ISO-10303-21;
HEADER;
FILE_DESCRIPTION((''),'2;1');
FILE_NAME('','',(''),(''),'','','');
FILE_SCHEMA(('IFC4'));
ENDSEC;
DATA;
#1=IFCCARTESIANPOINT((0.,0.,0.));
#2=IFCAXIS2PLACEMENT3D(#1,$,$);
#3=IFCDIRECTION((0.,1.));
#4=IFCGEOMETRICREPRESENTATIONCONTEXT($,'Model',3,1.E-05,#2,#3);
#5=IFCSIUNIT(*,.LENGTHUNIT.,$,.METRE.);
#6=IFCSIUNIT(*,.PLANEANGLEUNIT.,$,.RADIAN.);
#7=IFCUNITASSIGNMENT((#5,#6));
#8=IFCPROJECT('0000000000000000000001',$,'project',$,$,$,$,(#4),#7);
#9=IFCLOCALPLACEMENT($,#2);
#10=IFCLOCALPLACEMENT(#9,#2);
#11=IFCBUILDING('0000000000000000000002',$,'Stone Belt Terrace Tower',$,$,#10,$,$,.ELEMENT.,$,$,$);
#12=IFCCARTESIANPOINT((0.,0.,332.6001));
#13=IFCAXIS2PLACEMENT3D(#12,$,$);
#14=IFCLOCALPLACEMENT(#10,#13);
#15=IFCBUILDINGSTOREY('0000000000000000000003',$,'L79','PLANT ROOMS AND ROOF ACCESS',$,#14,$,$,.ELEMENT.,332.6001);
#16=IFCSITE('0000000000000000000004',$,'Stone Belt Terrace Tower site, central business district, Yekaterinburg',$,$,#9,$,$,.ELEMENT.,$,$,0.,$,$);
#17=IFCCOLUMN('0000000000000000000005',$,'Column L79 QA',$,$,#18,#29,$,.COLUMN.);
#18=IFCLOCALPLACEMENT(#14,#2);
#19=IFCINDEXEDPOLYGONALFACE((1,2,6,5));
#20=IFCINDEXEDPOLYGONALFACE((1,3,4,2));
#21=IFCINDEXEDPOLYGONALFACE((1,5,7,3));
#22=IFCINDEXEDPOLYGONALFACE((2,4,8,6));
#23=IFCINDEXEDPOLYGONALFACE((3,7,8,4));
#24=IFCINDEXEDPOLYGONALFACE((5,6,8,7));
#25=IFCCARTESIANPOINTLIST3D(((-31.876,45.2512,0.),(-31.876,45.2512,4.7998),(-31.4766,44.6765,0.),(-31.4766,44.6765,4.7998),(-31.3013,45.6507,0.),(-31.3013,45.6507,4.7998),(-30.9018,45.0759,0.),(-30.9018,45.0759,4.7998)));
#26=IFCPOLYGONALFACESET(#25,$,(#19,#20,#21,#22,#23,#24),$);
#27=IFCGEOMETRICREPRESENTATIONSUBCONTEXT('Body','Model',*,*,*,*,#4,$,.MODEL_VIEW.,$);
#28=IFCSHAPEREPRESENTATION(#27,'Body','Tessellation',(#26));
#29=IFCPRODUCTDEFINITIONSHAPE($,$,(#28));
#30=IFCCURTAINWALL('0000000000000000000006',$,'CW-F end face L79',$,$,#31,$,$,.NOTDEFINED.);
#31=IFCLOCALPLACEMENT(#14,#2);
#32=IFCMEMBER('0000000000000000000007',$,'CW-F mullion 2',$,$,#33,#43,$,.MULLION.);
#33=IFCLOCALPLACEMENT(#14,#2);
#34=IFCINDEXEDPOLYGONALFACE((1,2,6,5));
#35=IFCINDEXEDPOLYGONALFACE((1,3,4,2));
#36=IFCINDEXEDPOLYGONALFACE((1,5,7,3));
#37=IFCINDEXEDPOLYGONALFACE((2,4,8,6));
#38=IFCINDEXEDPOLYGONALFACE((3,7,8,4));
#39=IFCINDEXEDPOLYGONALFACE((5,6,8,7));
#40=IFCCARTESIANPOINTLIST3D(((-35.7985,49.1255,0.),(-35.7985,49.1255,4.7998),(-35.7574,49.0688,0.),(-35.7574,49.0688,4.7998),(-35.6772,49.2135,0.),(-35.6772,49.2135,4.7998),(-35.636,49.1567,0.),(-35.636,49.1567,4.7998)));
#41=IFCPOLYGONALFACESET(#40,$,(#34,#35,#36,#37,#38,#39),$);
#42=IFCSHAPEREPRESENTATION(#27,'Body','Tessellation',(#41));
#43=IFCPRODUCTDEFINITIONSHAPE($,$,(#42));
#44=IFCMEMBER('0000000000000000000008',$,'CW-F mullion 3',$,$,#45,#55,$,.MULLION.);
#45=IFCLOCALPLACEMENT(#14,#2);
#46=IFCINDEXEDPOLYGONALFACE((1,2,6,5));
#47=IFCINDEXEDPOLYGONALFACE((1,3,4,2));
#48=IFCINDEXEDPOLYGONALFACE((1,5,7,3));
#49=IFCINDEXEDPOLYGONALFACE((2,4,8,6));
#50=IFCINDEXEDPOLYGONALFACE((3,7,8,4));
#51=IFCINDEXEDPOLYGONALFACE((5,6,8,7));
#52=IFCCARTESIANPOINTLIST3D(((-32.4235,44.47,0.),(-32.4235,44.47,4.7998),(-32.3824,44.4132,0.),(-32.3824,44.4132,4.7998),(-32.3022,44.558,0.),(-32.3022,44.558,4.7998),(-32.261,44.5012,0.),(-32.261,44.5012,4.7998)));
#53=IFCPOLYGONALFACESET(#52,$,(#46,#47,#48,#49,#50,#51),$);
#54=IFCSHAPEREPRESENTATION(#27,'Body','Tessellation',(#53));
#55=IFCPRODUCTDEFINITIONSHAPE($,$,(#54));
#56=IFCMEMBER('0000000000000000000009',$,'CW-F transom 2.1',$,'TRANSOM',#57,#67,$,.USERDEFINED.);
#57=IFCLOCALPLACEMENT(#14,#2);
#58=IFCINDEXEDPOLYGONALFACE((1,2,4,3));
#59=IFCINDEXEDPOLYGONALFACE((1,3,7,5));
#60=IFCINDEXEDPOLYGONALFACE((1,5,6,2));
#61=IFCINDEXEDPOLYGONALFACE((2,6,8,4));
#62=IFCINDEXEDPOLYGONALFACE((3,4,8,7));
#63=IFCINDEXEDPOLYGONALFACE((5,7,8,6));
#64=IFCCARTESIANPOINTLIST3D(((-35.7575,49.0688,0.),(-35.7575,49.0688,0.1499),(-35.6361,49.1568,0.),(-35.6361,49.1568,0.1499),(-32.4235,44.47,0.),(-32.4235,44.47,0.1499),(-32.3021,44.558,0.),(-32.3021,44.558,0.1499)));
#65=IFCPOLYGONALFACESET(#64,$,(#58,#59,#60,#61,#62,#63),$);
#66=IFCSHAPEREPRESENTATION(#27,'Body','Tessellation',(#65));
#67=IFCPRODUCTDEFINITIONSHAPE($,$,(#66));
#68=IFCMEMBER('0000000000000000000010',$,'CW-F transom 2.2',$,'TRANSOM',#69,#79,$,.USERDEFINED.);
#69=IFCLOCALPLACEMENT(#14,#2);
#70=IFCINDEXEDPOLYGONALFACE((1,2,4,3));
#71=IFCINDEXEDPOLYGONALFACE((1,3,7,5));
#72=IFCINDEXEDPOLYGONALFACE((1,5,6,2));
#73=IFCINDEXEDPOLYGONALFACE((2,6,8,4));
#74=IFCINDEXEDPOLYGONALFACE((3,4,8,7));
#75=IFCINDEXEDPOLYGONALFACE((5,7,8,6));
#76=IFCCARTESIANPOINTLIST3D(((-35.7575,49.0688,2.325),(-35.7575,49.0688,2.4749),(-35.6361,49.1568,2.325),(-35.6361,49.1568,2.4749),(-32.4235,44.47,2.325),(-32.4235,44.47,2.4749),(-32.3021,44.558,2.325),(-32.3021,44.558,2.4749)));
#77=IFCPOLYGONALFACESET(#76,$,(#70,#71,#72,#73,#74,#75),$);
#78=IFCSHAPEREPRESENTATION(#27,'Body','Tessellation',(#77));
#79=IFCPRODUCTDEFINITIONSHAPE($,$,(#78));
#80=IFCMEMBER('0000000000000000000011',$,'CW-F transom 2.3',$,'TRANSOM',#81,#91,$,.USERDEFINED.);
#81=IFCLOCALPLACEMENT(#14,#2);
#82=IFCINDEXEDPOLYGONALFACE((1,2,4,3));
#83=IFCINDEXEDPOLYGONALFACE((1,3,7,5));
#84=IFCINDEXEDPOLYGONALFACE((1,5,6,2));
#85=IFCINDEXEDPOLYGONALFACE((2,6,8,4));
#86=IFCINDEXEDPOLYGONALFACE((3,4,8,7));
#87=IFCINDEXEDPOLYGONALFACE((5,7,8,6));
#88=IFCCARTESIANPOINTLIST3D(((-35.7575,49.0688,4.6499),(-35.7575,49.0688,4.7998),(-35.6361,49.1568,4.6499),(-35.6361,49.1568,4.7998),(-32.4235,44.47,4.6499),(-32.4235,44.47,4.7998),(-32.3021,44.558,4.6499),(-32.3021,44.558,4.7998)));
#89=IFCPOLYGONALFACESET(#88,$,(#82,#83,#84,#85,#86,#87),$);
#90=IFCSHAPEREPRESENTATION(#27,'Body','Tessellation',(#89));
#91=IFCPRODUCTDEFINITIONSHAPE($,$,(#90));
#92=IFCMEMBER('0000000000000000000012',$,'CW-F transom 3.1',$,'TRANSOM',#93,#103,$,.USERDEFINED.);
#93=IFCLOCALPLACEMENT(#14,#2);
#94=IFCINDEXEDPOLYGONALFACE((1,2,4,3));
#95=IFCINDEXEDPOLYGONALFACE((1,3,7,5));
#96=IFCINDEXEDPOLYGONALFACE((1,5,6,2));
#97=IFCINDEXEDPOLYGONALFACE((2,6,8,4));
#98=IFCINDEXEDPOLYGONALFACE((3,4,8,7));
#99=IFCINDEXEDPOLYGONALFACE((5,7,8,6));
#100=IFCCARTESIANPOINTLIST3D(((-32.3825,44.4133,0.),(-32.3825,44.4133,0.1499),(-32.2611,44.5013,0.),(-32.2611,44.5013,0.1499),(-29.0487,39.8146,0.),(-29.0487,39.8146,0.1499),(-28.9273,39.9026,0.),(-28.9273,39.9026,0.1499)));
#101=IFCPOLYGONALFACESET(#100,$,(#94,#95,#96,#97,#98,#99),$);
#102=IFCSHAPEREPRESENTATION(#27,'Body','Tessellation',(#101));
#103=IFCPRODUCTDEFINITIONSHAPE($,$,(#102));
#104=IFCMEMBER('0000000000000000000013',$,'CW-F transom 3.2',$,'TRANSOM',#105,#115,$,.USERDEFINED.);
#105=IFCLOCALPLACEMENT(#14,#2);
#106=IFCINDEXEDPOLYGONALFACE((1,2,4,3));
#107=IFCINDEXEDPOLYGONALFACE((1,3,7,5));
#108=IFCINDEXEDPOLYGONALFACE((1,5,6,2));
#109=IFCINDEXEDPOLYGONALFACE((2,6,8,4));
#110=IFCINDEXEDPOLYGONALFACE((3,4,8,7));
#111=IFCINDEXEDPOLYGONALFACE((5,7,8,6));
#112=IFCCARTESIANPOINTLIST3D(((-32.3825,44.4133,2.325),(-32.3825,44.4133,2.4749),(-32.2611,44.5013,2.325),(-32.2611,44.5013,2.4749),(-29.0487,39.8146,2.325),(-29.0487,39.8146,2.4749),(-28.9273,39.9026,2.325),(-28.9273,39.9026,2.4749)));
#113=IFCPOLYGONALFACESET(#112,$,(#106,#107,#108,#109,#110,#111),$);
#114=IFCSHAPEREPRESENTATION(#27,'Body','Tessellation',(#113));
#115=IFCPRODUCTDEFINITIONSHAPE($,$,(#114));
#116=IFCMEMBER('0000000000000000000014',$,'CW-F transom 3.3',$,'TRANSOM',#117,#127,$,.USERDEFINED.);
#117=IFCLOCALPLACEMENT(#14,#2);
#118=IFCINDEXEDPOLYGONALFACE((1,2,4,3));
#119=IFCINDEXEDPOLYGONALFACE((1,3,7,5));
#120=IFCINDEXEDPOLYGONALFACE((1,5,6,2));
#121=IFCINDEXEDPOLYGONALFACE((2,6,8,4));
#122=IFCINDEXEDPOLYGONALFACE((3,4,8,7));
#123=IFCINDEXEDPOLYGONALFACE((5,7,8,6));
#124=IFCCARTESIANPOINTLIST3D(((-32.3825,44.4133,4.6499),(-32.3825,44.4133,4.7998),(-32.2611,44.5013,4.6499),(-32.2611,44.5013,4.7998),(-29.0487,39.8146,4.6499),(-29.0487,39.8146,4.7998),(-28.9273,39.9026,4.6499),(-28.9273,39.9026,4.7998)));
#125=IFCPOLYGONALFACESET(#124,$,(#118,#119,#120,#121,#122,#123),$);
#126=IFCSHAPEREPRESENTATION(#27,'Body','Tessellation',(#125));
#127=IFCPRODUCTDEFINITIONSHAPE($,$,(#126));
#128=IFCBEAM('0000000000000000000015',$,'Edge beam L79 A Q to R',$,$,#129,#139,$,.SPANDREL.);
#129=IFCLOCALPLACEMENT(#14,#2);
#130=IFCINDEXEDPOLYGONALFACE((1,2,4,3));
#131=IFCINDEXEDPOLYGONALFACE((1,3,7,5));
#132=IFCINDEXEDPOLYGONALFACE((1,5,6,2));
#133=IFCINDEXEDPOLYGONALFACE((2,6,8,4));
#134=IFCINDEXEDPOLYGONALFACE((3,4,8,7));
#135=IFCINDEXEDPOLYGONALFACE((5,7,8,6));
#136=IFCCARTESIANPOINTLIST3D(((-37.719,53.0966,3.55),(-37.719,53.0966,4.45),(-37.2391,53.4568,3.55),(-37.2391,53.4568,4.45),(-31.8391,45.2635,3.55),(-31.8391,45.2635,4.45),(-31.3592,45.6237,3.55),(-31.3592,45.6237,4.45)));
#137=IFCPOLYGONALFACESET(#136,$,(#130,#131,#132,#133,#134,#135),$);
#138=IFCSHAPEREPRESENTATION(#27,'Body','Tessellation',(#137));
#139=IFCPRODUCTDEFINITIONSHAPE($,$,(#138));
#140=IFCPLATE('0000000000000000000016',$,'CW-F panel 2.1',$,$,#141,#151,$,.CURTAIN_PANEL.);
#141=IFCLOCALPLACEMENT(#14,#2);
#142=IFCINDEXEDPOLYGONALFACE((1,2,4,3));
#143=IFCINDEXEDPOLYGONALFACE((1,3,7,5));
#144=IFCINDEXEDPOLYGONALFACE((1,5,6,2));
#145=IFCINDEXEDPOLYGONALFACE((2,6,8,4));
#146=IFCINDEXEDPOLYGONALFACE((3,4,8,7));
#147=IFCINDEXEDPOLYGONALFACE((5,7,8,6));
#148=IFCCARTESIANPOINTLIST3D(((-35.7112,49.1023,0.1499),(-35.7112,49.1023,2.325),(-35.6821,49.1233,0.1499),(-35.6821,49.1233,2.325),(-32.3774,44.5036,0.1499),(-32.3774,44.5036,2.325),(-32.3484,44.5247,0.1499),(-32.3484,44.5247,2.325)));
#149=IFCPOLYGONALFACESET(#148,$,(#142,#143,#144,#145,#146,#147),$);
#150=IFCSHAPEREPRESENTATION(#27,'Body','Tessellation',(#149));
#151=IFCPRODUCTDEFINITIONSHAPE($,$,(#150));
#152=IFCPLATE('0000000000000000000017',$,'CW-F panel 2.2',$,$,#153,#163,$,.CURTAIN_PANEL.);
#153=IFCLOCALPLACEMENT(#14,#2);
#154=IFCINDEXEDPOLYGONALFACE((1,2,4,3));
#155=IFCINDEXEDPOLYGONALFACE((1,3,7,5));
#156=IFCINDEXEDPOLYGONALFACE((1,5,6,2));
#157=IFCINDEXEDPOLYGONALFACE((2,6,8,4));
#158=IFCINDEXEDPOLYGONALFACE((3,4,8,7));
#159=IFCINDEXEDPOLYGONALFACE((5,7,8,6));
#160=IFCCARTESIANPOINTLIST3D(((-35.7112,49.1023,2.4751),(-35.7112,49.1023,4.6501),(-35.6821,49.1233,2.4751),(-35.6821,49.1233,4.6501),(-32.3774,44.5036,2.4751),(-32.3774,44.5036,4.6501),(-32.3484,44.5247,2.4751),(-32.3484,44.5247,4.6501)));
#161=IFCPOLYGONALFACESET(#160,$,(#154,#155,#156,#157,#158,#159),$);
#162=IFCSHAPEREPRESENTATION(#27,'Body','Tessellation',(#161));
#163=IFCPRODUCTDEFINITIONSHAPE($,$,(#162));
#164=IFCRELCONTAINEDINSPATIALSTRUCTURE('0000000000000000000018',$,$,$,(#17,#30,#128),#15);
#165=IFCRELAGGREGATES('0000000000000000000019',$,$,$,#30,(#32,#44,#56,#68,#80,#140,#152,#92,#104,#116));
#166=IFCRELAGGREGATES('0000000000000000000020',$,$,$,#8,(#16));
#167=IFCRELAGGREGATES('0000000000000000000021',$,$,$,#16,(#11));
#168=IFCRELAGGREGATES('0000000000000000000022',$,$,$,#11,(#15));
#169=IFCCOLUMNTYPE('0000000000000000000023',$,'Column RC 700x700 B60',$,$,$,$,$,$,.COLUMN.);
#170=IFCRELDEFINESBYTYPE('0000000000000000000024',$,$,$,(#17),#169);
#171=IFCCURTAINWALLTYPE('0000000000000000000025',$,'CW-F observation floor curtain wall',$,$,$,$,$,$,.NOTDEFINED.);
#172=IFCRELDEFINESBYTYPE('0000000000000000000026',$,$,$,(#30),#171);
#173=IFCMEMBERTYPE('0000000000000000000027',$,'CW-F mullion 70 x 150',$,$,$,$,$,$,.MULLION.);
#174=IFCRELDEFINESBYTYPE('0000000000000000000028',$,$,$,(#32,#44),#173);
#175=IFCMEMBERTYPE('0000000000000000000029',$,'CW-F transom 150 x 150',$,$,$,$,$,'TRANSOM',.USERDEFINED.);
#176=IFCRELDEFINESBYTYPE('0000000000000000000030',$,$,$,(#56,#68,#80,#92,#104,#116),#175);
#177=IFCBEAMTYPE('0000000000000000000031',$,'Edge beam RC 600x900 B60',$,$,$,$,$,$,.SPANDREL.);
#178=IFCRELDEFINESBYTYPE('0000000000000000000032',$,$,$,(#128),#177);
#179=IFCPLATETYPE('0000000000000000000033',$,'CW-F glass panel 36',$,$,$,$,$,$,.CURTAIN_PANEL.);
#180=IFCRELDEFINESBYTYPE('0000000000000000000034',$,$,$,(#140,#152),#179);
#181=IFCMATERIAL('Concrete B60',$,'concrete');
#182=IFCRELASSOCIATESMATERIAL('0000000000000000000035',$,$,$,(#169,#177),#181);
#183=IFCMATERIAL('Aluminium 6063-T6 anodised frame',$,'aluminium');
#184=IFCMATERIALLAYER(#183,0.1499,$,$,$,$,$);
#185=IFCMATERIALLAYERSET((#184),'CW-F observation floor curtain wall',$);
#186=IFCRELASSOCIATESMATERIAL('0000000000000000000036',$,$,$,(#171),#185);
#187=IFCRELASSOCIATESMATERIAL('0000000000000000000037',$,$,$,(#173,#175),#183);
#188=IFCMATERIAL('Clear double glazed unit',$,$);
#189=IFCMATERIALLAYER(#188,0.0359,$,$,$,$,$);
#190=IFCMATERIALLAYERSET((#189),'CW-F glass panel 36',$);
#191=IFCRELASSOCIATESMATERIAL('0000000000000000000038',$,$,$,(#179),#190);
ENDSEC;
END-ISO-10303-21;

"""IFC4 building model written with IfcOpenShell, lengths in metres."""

from ifc_helpers import new_model, si_unit, direction, frame, origin, origin_2d, place, context, subcontext, project, spatial, rectangle, extrude, material, layer, layer_set, material_profile, profile_set, type_object, element, aggregate, save


model = new_model("IFC4")

# Units and contexts
model_context = context("Model", 3, precision=1e-05, world=origin(), true_north=direction((0.0, 1.0)))
body_context = subcontext(model_context, "Body", "Model", "MODEL_VIEW")
ifc_project = project(units=[si_unit("LENGTHUNIT", "METRE"), si_unit("PLANEANGLEUNIT", "RADIAN")], contexts=[model_context])

# Site, building, storey
site_placement = place(None, origin())
site = spatial("IfcSite", under=ifc_project, at=site_placement, Name="Stone Belt Terrace Tower site, central business district, Yekaterinburg", CompositionType="ELEMENT", RefElevation=0.0)
building_placement = place(site_placement, origin())
building = spatial("IfcBuilding", under=site, at=building_placement, Name="Stone Belt Terrace Tower", CompositionType="ELEMENT")
storey_placement = place(building_placement, frame((0.0, 0.0, 332.6001)))
storey = spatial("IfcBuildingStorey", under=building, at=storey_placement, Name="L79", Description="PLANT ROOMS AND ROOF ACCESS", CompositionType="ELEMENT", Elevation=332.6001)

# Column
ifc_material_1 = material(Name="Concrete B60", Category="concrete")
ifc_material_profile_1 = material_profile(ifc_material_1, rectangle(XDim=0.7, YDim=0.7, at=origin_2d()), Name="RC 700x700")
ifc_profile_set_1 = profile_set([ifc_material_profile_1], Name="Concrete B60")
column_type = type_object("IfcColumnType", Name="Column RC 700x700 B60", PredefinedType="COLUMN", material=ifc_profile_set_1)
column_placement = place(storey_placement, frame((-31.3889, 45.1636, 0.0), z_axis=(0.0, 0.0, 1.0), x_axis=(0.821155, 0.570705, 0.0)))
element("IfcColumn", 1, at=column_placement, inside=storey, type_object=column_type, Name="Column L79 QA", PredefinedType="COLUMN", context=body_context, shape_type="SweptSolid", body=[
    extrude(rectangle(XDim=0.7, YDim=0.7, at=origin_2d()), origin(), (0.0, 0.0, 1.0), 4.7998),
])

# Curtain wall, members
ifc_material_2 = material(Name="Aluminium 6063-T6 anodised frame", Category="aluminium")
ifc_layer_1 = layer(ifc_material_2, 0.1499)
ifc_layer_set_1 = layer_set([ifc_layer_1], Name="CW-F observation floor curtain wall")
curtain_wall_type = type_object("IfcCurtainWallType", Name="CW-F observation floor curtain wall", PredefinedType="NOTDEFINED", material=ifc_layer_set_1)
curtain_wall_placement = place(storey_placement, origin())
curtain_wall = element("IfcCurtainWall", 2, at=curtain_wall_placement, inside=storey, type_object=curtain_wall_type, Name="CW-F end face L79", PredefinedType="NOTDEFINED")
ifc_material_profile_2 = material_profile(ifc_material_2, rectangle(XDim=0.1499, YDim=0.0701, at=origin_2d()), Name="Aluminium 6063-T6 70x150")
ifc_profile_set_2 = profile_set([ifc_material_profile_2], Name="Aluminium 6063-T6 anodised frame")
member_type_1 = type_object("IfcMemberType", Name="CW-F mullion 70 x 150", PredefinedType="MULLION", material=ifc_profile_set_2)
member_1_placement = place(storey_placement, frame((-35.7173, 49.1411, 0.0), z_axis=(0.0, 0.0, 1.0), x_axis=(0.809631, 0.586939, 0.0)))
member_1 = element("IfcMember", 3, at=member_1_placement, type_object=member_type_1, Name="CW-F mullion 2", PredefinedType="MULLION", context=body_context, shape_type="SweptSolid", body=[
    extrude(rectangle(XDim=0.1499, YDim=0.0701, at=origin_2d()), origin(), (0.0, 0.0, 1.0), 4.7998),
])
member_2_placement = place(storey_placement, frame((-32.3423, 44.4856, 0.0), z_axis=(0.0, 0.0, 1.0), x_axis=(0.809631, 0.586939, 0.0)))
member_2 = element("IfcMember", 4, at=member_2_placement, type_object=member_type_1, Name="CW-F mullion 3", PredefinedType="MULLION", context=body_context, shape_type="SweptSolid", body=[
    extrude(rectangle(XDim=0.1499, YDim=0.0701, at=origin_2d()), origin(), (0.0, 0.0, 1.0), 4.7998),
])
ifc_material_profile_3 = material_profile(ifc_material_2, rectangle(XDim=0.1499, YDim=0.1499, at=origin_2d()), Name="Aluminium 6063-T6 150x150")
ifc_profile_set_3 = profile_set([ifc_material_profile_3], Name="Aluminium 6063-T6 anodised frame")
member_type_2 = type_object("IfcMemberType", Name="CW-F transom 150 x 150", ElementType="TRANSOM", PredefinedType="USERDEFINED", material=ifc_profile_set_3)
member_3_placement = place(storey_placement, frame((-35.6968, 49.1128, 0.075), z_axis=(0.586944, -0.809627, 0.0), x_axis=(0.809627, 0.586944, 0.0)))
member_3 = element("IfcMember", 5, at=member_3_placement, type_object=member_type_2, Name="CW-F transom 2.1", ObjectType="TRANSOM", PredefinedType="USERDEFINED", context=body_context, shape_type="SweptSolid", body=[
    extrude(rectangle(XDim=0.1499, YDim=0.1499, at=origin_2d()), origin(), (0.0, 0.0, 1.0), 5.6802),
])
member_4_placement = place(storey_placement, frame((-35.6968, 49.1128, 2.3999), z_axis=(0.586944, -0.809627, 0.0), x_axis=(0.809627, 0.586944, 0.0)))
member_4 = element("IfcMember", 6, at=member_4_placement, type_object=member_type_2, Name="CW-F transom 2.2", ObjectType="TRANSOM", PredefinedType="USERDEFINED", context=body_context, shape_type="SweptSolid", body=[
    extrude(rectangle(XDim=0.1499, YDim=0.1499, at=origin_2d()), origin(), (0.0, 0.0, 1.0), 5.6802),
])
member_5_placement = place(storey_placement, frame((-35.6968, 49.1128, 4.7249), z_axis=(0.586944, -0.809627, 0.0), x_axis=(0.809627, 0.586944, 0.0)))
member_5 = element("IfcMember", 7, at=member_5_placement, type_object=member_type_2, Name="CW-F transom 2.3", ObjectType="TRANSOM", PredefinedType="USERDEFINED", context=body_context, shape_type="SweptSolid", body=[
    extrude(rectangle(XDim=0.1499, YDim=0.1499, at=origin_2d()), origin(), (0.0, 0.0, 1.0), 5.6802),
])
member_6_placement = place(storey_placement, frame((-32.3218, 44.4573, 0.075), z_axis=(0.586937, -0.809633, 0.0), x_axis=(0.809633, 0.586937, 0.0)))
member_6 = element("IfcMember", 8, at=member_6_placement, type_object=member_type_2, Name="CW-F transom 3.1", ObjectType="TRANSOM", PredefinedType="USERDEFINED", context=body_context, shape_type="SweptSolid", body=[
    extrude(rectangle(XDim=0.1499, YDim=0.1499, at=origin_2d()), origin(), (0.0, 0.0, 1.0), 5.6799),
])
member_7_placement = place(storey_placement, frame((-32.3218, 44.4573, 2.3999), z_axis=(0.586937, -0.809633, 0.0), x_axis=(0.809633, 0.586937, 0.0)))
member_7 = element("IfcMember", 9, at=member_7_placement, type_object=member_type_2, Name="CW-F transom 3.2", ObjectType="TRANSOM", PredefinedType="USERDEFINED", context=body_context, shape_type="SweptSolid", body=[
    extrude(rectangle(XDim=0.1499, YDim=0.1499, at=origin_2d()), origin(), (0.0, 0.0, 1.0), 5.6799),
])
member_8_placement = place(storey_placement, frame((-32.3218, 44.4573, 4.7249), z_axis=(0.586937, -0.809633, 0.0), x_axis=(0.809633, 0.586937, 0.0)))
member_8 = element("IfcMember", 10, at=member_8_placement, type_object=member_type_2, Name="CW-F transom 3.3", ObjectType="TRANSOM", PredefinedType="USERDEFINED", context=body_context, shape_type="SweptSolid", body=[
    extrude(rectangle(XDim=0.1499, YDim=0.1499, at=origin_2d()), origin(), (0.0, 0.0, 1.0), 5.6799),
])

# Beam
ifc_material_profile_4 = material_profile(ifc_material_1, rectangle(XDim=0.6001, YDim=0.8999, at=origin_2d()), Name="RC 600x900")
ifc_profile_set_4 = profile_set([ifc_material_profile_4], Name="Concrete B60")
beam_type = type_object("IfcBeamType", Name="Edge beam RC 600x900 B60", PredefinedType="SPANDREL", material=ifc_profile_set_4)
beam_placement = place(storey_placement, frame((-31.5991, 45.4436, 4.0), z_axis=(-0.600335, 0.799749, 0.0), x_axis=(-0.799749, -0.600335, 0.0)))
element("IfcBeam", 11, at=beam_placement, inside=storey, type_object=beam_type, Name="Edge beam L79 A Q to R", PredefinedType="SPANDREL", context=body_context, shape_type="SweptSolid", body=[
    extrude(rectangle(XDim=0.6001, YDim=0.8999, at=origin_2d()), origin(), (0.0, 0.0, 1.0), 9.7944),
])

# Plates
ifc_material_3 = material(Name="Clear double glazed unit")
ifc_layer_2 = layer(ifc_material_3, 0.0359)
ifc_layer_set_2 = layer_set([ifc_layer_2], Name="CW-F glass panel 36")
plate_type = type_object("IfcPlateType", Name="CW-F glass panel 36", PredefinedType="CURTAIN_PANEL", material=ifc_layer_set_2)
plate_1_placement = place(storey_placement, frame((-34.0298, 46.8135, 0.1499), z_axis=(0.0, 0.0, 1.0), x_axis=(0.586939, -0.809631, 0.0)))
plate_1 = element("IfcPlate", 12, at=plate_1_placement, type_object=plate_type, Name="CW-F panel 2.1", PredefinedType="CURTAIN_PANEL", context=body_context, shape_type="SweptSolid", body=[
    extrude(rectangle(XDim=5.6799, YDim=0.0359, at=origin_2d()), origin(), (0.0, 0.0, 1.0), 2.175),
])
plate_2_placement = place(storey_placement, frame((-34.0298, 46.8135, 2.4751), z_axis=(0.0, 0.0, 1.0), x_axis=(0.586939, -0.809631, 0.0)))
plate_2 = element("IfcPlate", 13, at=plate_2_placement, type_object=plate_type, Name="CW-F panel 2.2", PredefinedType="CURTAIN_PANEL", context=body_context, shape_type="SweptSolid", body=[
    extrude(rectangle(XDim=5.6799, YDim=0.0359, at=origin_2d()), origin(), (0.0, 0.0, 1.0), 2.175),
])
aggregate(curtain_wall, [member_1, member_2, member_3, member_4, member_5, plate_1, plate_2, member_6, member_7, member_8])

save(model, "model.ifc")
